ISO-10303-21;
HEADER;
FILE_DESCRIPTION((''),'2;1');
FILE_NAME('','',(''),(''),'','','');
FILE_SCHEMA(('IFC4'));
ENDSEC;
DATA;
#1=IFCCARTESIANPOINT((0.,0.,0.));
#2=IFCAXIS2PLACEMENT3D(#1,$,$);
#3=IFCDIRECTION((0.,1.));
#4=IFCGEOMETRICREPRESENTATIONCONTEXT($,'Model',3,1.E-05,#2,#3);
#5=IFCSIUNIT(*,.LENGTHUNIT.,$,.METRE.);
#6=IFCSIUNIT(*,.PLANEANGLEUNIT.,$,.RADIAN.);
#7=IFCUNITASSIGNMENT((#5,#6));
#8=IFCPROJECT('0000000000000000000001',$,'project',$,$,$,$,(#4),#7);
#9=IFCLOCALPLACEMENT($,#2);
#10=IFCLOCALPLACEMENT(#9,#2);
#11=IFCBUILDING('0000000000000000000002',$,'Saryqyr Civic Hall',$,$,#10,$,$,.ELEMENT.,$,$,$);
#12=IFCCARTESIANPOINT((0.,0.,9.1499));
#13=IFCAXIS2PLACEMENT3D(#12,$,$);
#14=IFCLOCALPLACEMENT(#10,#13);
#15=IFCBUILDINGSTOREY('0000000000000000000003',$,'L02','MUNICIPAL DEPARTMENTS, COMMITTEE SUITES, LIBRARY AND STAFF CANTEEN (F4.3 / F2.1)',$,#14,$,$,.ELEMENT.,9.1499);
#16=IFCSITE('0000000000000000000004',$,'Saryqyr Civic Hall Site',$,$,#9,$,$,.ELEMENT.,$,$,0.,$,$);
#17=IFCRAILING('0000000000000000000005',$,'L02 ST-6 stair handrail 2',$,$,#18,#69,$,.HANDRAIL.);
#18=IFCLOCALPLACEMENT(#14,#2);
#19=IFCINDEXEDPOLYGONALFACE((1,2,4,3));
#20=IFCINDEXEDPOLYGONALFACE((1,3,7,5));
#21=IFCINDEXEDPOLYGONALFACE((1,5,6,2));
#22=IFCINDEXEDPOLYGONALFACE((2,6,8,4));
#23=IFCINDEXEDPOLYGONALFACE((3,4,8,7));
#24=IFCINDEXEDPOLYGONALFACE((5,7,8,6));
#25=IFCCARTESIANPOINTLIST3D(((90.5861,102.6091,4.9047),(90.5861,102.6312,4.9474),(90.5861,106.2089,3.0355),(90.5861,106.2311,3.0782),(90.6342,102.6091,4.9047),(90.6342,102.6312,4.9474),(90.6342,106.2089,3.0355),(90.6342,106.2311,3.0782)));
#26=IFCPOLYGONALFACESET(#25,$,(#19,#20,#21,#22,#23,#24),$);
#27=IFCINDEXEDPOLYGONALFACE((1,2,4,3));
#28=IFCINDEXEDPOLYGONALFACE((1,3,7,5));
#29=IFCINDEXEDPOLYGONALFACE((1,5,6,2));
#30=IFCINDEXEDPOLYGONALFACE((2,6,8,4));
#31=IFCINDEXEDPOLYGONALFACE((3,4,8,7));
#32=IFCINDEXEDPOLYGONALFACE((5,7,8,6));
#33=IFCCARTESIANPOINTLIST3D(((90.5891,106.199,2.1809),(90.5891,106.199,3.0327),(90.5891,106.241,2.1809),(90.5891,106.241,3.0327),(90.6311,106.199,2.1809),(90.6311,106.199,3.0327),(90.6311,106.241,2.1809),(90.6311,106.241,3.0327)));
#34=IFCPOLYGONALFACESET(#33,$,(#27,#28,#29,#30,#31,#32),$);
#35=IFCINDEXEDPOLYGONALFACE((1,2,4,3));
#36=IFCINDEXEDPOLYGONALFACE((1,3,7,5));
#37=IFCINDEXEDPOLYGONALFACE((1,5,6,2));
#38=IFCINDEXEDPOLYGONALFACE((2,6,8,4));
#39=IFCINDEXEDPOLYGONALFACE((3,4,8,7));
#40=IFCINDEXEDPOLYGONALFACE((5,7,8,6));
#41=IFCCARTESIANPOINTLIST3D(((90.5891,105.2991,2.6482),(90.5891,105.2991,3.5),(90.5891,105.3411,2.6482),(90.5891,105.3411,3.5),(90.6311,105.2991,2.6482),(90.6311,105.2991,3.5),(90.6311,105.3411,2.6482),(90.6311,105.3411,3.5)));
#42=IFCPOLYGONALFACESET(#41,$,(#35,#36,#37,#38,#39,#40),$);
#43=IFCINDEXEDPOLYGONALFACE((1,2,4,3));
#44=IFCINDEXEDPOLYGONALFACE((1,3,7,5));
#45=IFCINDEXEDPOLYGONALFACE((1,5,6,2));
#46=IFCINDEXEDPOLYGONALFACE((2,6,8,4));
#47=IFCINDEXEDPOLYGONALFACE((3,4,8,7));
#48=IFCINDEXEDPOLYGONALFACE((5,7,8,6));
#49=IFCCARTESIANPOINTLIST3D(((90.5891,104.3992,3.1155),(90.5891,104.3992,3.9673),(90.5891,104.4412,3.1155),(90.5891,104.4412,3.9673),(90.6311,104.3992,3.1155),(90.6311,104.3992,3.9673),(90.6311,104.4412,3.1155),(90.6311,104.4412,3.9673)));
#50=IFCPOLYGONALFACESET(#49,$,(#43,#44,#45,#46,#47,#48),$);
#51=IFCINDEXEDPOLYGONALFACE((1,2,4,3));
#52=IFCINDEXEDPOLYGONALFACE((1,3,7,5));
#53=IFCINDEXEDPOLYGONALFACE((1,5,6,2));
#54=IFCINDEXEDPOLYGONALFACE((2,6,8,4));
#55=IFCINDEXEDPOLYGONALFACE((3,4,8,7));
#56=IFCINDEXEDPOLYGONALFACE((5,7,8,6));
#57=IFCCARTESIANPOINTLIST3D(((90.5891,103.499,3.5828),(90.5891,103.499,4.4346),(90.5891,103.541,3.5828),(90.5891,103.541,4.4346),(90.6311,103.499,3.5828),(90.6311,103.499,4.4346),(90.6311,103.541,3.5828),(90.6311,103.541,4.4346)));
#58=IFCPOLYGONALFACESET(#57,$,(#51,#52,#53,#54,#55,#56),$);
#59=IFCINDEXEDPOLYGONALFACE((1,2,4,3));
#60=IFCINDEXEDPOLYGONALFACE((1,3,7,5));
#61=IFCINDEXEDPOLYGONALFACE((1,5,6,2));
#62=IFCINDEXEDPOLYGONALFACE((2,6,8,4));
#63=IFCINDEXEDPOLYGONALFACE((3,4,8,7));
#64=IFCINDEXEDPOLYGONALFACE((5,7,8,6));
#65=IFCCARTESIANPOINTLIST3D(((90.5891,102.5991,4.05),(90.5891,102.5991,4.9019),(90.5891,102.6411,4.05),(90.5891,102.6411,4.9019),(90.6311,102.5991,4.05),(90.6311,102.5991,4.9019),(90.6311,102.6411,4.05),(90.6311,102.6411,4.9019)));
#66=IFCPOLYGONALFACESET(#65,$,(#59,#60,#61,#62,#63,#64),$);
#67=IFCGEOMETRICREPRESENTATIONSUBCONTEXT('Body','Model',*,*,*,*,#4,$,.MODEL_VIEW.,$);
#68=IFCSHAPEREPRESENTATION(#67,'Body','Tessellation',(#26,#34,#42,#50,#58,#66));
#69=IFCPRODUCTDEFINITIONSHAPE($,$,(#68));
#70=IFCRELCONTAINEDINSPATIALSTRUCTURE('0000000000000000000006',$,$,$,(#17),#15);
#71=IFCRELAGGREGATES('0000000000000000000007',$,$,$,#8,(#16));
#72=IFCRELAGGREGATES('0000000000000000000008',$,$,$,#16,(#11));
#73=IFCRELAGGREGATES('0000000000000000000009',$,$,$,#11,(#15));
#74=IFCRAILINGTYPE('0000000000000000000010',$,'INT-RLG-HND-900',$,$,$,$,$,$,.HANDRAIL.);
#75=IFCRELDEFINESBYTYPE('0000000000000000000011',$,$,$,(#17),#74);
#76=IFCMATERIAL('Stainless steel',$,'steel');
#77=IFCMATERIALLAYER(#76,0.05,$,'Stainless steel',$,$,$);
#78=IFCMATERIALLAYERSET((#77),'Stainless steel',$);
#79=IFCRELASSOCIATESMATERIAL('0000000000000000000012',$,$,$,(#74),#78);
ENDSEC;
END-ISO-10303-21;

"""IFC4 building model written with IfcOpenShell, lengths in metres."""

from ifc_helpers import new_model, si_unit, direction, frame, origin, origin_2d, place, context, subcontext, project, spatial, rectangle, extrude, material, layer, layer_set, type_object, element, save


model = new_model("IFC4")

# Units and contexts
model_context = context("Model", 3, precision=1e-05, world=origin(), true_north=direction((0.0, 1.0)))
body_context = subcontext(model_context, "Body", "Model", "MODEL_VIEW")
ifc_project = project(units=[si_unit("LENGTHUNIT", "METRE"), si_unit("PLANEANGLEUNIT", "RADIAN")], contexts=[model_context])

# Site, building, storey
site_placement = place(None, origin())
site = spatial("IfcSite", under=ifc_project, at=site_placement, Name="Saryqyr Civic Hall Site", CompositionType="ELEMENT", RefElevation=0.0)
building_placement = place(site_placement, origin())
building = spatial("IfcBuilding", under=site, at=building_placement, Name="Saryqyr Civic Hall", CompositionType="ELEMENT")
storey_placement = place(building_placement, frame((0.0, 0.0, 9.1499)))
storey = spatial("IfcBuildingStorey", under=building, at=storey_placement, Name="L02", Description="MUNICIPAL DEPARTMENTS, COMMITTEE SUITES, LIBRARY AND STAFF CANTEEN (F4.3 / F2.1)", CompositionType="ELEMENT", Elevation=9.1499)

# Railing
ifc_material_1 = material(Name="Stainless steel", Category="steel")
ifc_layer_1 = layer(ifc_material_1, 0.05, Name="Stainless steel")
ifc_layer_set_1 = layer_set([ifc_layer_1], Name="Stainless steel")
railing_type_1 = type_object("IfcRailingType", Name="INT-RLG-HND-900", PredefinedType="HANDRAIL", material=ifc_layer_set_1)
railing_1_placement = place(storey_placement, frame((90.6101, 106.22, 2.1809)))
element("IfcRailing", 1, at=railing_1_placement, inside=storey, type_object=railing_type_1, Name="L02 ST-6 stair handrail 2", PredefinedType="HANDRAIL", context=body_context, shape_type="SweptSolid", body=[
    extrude(rectangle(XDim=0.0481, YDim=0.0481, at=origin_2d()), frame((0.0, 0.0, 0.876), z_axis=(0.0, -0.887497, 0.460813), x_axis=(1.0, 0.0, 0.0)), (0.0, 0.0, 1.0), 4.0562),
    extrude(rectangle(XDim=0.042, YDim=0.042, at=origin_2d()), origin(), (0.0, 0.0, 1.0), 0.8518),
    extrude(rectangle(XDim=0.042, YDim=0.042, at=origin_2d()), frame((0.0, -0.8999, 0.4673)), (0.0, 0.0, 1.0), 0.8518),
    extrude(rectangle(XDim=0.042, YDim=0.042, at=origin_2d()), frame((0.0, -1.7998, 0.9346)), (0.0, 0.0, 1.0), 0.8518),
    extrude(rectangle(XDim=0.042, YDim=0.042, at=origin_2d()), frame((0.0, -2.7, 1.4019)), (0.0, 0.0, 1.0), 0.8518),
    extrude(rectangle(XDim=0.042, YDim=0.042, at=origin_2d()), frame((0.0, -3.5999, 1.8691)), (0.0, 0.0, 1.0), 0.8518),
])

save(model, "model.ifc")
